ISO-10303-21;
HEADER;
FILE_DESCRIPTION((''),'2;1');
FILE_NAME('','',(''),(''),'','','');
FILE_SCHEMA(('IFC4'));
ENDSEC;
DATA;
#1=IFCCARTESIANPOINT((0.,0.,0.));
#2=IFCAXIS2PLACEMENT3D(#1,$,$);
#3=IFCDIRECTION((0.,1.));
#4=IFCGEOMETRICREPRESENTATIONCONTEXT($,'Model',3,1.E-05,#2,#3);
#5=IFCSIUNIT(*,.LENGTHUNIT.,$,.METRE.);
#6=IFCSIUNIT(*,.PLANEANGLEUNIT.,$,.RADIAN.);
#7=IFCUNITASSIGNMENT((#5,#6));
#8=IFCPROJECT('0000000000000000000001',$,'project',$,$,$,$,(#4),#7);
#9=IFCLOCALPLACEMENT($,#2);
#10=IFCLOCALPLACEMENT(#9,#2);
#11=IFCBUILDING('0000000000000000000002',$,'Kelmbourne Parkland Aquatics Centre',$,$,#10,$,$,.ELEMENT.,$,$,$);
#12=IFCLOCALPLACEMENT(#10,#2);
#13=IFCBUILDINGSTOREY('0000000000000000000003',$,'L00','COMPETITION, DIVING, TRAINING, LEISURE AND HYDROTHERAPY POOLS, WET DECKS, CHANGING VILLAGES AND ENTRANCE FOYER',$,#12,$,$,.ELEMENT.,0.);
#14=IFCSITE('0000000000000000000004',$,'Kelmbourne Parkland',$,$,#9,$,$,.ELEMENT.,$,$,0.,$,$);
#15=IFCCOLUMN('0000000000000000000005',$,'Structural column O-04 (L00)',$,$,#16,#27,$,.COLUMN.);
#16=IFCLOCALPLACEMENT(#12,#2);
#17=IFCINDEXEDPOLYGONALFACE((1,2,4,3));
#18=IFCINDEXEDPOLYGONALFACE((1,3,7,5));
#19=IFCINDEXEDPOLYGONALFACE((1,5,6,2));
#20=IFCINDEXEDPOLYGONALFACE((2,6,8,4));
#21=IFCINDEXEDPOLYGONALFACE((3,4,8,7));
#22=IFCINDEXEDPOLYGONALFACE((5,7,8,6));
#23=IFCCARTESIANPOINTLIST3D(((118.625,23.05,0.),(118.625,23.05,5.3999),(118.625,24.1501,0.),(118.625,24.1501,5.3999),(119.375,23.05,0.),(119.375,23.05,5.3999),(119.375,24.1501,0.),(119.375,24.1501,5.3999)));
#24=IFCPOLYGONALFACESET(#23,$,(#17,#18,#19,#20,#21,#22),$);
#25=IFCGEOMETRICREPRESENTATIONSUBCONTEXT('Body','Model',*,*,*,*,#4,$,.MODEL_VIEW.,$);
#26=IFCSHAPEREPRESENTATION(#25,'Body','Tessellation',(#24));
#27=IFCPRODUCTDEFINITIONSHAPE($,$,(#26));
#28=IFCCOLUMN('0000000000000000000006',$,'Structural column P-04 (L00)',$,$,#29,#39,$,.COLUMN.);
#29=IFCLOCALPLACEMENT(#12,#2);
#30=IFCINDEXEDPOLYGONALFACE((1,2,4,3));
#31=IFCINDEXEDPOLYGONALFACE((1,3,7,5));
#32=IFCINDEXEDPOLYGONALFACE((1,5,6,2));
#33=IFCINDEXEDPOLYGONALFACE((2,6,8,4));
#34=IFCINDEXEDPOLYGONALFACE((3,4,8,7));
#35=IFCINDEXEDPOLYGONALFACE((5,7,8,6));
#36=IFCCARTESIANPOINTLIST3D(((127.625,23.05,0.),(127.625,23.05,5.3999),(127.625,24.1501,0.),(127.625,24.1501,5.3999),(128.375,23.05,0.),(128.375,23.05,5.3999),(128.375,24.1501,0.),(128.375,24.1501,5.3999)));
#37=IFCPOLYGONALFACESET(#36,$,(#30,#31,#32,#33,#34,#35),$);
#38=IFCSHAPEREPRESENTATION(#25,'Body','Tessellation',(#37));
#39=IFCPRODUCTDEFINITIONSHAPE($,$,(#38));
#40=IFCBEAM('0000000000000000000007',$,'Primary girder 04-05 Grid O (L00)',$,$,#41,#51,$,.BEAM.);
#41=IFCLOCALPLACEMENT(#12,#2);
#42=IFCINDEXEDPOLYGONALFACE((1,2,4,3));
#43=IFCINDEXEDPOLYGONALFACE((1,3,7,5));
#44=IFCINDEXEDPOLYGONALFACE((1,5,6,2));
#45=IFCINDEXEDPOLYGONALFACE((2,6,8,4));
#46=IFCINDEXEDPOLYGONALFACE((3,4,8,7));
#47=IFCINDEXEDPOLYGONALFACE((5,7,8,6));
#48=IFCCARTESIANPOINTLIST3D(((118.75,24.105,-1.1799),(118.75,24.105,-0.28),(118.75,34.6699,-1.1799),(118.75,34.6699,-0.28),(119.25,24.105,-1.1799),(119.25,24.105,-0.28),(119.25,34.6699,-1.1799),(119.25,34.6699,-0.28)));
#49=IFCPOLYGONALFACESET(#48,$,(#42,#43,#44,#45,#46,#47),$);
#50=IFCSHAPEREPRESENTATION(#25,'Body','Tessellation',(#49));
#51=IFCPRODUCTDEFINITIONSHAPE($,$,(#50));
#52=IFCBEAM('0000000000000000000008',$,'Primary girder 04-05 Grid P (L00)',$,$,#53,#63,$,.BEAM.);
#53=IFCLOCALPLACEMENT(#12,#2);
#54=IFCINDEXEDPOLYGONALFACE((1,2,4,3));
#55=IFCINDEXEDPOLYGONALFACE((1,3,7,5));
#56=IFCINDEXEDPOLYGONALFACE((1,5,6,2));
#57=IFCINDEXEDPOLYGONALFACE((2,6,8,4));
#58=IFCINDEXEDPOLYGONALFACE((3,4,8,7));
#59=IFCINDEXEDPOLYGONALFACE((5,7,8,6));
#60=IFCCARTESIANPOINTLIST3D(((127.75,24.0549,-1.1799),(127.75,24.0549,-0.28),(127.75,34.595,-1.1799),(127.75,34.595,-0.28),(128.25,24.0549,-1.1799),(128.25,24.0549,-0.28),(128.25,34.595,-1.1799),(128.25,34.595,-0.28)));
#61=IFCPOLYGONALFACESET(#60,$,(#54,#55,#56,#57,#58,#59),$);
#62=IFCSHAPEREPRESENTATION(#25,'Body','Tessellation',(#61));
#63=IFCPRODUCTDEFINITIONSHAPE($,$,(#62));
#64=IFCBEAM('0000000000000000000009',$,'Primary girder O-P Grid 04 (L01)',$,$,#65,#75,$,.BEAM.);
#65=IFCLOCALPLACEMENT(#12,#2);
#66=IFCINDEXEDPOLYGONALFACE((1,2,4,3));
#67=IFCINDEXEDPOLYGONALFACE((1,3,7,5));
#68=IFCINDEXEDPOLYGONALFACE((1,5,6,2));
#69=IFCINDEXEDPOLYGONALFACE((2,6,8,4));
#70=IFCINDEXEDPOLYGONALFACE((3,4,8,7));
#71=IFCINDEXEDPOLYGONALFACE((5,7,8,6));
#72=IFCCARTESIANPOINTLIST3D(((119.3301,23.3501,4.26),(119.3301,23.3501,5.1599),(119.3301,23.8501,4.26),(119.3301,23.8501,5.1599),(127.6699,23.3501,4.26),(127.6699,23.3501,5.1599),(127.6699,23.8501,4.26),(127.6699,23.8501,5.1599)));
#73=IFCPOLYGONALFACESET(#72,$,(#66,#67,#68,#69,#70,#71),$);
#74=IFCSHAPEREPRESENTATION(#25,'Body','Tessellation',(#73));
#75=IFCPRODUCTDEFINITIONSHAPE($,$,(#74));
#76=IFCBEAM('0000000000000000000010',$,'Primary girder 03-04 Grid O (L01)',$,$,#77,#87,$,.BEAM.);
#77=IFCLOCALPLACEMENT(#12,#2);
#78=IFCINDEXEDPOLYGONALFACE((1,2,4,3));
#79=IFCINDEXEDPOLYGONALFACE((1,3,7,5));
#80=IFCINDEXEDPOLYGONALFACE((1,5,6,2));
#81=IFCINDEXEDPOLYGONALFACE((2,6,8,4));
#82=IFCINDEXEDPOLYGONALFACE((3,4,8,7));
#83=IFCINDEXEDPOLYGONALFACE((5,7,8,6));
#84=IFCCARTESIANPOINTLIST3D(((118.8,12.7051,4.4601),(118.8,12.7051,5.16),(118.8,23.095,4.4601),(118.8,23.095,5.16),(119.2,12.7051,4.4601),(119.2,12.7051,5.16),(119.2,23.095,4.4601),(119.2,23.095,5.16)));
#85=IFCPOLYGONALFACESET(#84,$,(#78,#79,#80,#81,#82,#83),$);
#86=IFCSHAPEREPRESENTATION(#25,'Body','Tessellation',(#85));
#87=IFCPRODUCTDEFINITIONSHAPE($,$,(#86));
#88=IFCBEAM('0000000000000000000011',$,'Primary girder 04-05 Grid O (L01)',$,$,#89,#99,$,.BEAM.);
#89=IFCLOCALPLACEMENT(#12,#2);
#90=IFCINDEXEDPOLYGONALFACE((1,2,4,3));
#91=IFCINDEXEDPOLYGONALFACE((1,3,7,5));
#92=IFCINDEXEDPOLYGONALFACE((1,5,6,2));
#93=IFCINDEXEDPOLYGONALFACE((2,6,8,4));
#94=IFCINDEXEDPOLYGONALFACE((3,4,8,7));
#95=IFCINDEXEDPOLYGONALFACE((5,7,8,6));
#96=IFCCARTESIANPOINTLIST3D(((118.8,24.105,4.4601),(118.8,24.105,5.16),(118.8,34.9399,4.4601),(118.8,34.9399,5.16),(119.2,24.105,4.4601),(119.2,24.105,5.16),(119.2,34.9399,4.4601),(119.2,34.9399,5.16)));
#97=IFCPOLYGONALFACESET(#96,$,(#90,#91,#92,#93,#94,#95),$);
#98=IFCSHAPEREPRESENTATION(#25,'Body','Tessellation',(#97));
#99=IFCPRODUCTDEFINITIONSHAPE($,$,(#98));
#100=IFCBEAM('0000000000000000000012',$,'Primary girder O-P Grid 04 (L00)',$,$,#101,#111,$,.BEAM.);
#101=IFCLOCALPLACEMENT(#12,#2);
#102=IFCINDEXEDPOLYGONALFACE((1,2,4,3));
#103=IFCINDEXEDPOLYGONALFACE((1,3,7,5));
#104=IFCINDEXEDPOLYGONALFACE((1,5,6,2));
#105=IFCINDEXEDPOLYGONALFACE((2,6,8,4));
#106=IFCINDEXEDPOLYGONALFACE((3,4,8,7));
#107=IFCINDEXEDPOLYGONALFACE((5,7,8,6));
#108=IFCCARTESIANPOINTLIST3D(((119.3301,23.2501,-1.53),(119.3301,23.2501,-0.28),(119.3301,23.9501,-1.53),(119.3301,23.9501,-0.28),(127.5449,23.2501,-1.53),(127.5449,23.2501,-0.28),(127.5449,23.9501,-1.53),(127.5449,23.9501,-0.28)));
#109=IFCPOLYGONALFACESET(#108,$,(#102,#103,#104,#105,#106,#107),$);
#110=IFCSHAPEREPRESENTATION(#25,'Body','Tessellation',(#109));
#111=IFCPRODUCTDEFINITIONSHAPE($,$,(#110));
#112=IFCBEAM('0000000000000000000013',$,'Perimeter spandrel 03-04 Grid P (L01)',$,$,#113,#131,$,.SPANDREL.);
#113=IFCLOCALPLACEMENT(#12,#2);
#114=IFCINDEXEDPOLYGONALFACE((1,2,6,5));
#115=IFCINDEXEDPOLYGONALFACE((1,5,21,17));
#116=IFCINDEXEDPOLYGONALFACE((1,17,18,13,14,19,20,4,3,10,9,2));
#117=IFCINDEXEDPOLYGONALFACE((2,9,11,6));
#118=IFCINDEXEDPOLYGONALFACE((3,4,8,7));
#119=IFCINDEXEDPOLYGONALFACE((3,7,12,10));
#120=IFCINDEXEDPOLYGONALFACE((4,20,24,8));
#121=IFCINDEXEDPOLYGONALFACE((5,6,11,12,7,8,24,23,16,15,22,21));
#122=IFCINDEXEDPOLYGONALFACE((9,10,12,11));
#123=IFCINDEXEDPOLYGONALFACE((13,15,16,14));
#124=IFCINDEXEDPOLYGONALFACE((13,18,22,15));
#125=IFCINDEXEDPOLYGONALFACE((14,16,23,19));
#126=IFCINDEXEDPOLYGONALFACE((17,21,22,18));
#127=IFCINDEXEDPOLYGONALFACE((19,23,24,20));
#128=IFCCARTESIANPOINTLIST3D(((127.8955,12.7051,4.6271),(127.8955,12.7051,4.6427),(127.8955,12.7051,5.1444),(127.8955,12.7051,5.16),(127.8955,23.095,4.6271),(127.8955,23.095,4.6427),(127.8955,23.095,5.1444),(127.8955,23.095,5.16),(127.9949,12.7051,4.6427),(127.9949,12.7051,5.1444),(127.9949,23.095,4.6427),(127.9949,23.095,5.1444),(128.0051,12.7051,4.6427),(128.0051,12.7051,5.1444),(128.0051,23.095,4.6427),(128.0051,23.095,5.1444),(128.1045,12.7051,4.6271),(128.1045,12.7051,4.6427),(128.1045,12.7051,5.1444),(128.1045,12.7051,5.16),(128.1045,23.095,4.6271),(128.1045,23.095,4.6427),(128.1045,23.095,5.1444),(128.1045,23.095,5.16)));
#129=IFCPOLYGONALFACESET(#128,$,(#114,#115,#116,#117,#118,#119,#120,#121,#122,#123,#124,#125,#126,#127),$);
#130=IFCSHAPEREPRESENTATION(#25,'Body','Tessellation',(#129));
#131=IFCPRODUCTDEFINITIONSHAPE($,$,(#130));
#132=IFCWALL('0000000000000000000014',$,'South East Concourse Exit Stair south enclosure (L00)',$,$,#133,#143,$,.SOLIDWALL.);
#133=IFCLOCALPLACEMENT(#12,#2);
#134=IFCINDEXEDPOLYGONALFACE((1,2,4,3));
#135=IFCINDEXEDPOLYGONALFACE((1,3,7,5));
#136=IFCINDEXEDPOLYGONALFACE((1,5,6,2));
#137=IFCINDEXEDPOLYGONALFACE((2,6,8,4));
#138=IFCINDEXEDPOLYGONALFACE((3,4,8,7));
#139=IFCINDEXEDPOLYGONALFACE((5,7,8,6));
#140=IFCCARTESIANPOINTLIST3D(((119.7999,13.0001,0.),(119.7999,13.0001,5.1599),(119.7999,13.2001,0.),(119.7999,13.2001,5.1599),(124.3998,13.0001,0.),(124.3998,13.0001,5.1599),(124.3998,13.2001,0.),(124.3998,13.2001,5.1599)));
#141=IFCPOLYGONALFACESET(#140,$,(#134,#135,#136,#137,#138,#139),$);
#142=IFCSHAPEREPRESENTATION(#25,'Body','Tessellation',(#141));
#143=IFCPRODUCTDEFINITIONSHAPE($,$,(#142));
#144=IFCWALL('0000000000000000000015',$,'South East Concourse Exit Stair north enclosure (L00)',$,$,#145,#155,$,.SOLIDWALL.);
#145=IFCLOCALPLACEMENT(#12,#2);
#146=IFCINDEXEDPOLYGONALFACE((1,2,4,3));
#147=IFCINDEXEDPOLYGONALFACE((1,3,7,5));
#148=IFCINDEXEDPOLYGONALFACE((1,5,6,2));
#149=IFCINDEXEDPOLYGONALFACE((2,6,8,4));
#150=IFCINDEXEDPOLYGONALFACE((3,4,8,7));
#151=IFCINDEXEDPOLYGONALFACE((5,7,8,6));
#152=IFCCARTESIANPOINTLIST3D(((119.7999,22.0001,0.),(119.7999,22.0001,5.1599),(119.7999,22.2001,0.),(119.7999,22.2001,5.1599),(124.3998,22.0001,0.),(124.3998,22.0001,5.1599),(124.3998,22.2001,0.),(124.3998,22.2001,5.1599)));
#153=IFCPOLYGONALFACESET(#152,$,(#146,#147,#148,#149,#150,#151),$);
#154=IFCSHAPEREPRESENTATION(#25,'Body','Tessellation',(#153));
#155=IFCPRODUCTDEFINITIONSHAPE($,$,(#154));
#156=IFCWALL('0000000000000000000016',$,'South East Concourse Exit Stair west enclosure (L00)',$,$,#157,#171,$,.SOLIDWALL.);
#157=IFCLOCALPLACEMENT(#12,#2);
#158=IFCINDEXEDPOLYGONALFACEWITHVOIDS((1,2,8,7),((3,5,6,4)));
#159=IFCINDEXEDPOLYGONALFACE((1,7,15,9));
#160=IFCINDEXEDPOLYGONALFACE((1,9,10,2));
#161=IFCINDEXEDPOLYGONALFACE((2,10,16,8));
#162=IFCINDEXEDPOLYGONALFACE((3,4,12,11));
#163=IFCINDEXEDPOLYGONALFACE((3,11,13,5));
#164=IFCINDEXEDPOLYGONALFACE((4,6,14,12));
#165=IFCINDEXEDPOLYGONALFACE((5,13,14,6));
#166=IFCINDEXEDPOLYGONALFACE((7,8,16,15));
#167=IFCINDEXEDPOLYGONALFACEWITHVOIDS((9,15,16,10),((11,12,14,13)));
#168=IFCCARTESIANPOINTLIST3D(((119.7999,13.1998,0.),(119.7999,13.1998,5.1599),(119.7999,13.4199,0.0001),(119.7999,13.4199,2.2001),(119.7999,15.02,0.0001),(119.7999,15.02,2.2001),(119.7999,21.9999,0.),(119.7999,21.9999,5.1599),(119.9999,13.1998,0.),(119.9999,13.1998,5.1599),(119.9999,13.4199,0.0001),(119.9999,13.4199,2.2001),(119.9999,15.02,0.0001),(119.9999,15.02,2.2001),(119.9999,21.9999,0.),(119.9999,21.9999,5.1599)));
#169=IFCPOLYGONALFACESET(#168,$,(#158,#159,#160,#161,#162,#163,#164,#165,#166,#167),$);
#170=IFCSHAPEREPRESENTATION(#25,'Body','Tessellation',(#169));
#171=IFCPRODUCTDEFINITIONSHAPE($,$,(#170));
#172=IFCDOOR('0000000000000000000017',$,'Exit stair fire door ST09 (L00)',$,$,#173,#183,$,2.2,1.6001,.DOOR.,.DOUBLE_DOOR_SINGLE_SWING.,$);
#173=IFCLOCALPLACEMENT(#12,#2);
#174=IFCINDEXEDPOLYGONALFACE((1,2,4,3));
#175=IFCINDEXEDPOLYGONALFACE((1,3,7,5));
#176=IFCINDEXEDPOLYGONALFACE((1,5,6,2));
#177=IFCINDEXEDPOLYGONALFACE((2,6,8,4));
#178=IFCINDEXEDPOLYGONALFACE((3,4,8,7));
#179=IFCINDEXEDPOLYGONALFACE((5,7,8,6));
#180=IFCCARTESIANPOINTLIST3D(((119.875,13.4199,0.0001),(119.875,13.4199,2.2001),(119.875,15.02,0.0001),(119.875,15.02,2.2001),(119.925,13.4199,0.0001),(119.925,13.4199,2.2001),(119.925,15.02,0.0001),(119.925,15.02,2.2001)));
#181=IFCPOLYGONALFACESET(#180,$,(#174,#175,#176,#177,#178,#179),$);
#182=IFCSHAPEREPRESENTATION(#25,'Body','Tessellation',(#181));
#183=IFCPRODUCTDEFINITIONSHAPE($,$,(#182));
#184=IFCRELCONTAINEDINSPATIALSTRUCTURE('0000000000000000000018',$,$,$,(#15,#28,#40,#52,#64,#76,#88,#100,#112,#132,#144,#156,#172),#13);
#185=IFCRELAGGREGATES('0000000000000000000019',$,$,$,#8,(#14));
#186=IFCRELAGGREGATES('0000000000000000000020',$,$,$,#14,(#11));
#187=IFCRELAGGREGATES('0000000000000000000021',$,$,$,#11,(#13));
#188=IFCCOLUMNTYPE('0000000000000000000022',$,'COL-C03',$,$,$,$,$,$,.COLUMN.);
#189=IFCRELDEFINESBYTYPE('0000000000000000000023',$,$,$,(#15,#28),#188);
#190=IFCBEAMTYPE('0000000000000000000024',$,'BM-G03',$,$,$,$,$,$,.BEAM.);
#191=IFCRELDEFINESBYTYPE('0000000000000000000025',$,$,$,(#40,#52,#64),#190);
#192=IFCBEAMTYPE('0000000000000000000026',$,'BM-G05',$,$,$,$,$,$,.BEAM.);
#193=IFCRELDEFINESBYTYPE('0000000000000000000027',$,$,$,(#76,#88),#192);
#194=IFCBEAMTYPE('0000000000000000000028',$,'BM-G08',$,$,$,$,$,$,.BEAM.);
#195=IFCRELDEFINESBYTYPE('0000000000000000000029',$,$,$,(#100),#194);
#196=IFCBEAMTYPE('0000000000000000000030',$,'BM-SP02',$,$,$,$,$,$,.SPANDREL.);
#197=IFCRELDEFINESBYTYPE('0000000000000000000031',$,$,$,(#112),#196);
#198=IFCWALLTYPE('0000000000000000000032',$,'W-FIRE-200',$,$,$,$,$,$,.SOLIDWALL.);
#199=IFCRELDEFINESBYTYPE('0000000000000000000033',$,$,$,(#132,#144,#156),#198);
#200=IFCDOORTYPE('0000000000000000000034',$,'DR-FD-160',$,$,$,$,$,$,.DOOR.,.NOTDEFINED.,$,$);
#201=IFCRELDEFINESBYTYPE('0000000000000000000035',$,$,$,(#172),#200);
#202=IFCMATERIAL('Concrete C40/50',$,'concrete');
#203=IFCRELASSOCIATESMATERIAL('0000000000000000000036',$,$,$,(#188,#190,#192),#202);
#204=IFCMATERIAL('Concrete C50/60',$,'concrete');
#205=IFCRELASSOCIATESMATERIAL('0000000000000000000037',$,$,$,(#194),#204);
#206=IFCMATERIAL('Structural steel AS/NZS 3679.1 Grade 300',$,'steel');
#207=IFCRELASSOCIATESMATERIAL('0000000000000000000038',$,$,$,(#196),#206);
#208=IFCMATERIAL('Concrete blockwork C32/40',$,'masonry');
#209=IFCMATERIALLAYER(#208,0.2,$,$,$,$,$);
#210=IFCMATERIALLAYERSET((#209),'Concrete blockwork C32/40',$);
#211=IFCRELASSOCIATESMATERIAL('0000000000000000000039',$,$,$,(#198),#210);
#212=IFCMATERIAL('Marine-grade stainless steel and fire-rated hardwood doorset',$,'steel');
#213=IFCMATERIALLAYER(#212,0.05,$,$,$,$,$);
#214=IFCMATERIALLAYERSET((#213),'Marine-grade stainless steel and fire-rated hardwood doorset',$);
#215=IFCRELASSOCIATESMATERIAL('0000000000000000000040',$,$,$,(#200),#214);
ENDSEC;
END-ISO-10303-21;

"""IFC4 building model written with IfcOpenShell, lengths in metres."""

from ifc_helpers import new_model, si_unit, direction, frame, frame_2d, origin, origin_2d, place, context, subcontext, project, spatial, rectangle, i_section, extrude, material, layer, layer_set, material_profile, profile_set, type_object, element, fill, save


model = new_model("IFC4")

# Units and contexts
model_context = context("Model", 3, precision=1e-05, world=origin(), true_north=direction((0.0, 1.0)))
body_context = subcontext(model_context, "Body", "Model", "MODEL_VIEW")
ifc_project = project(units=[si_unit("LENGTHUNIT", "METRE"), si_unit("PLANEANGLEUNIT", "RADIAN")], contexts=[model_context])

# Site, building, storey
site_placement = place(None, origin())
site = spatial("IfcSite", under=ifc_project, at=site_placement, Name="Kelmbourne Parkland", CompositionType="ELEMENT", RefElevation=0.0)
building_placement = place(site_placement, origin())
building = spatial("IfcBuilding", under=site, at=building_placement, Name="Kelmbourne Parkland Aquatics Centre", CompositionType="ELEMENT")
storey_placement = place(building_placement, origin())
storey = spatial("IfcBuildingStorey", under=building, at=storey_placement, Name="L00", Description="COMPETITION, DIVING, TRAINING, LEISURE AND HYDROTHERAPY POOLS, WET DECKS, CHANGING VILLAGES AND ENTRANCE FOYER", CompositionType="ELEMENT", Elevation=0.0)

# Columns
ifc_material_1 = material(Name="Concrete C40/50", Category="concrete")
ifc_material_profile_1 = material_profile(ifc_material_1, rectangle(XDim=0.75, YDim=1.1001, at=origin_2d()), Name="RC 750x1100")
ifc_profile_set_1 = profile_set([ifc_material_profile_1], Name="Concrete C40/50")
column_type = type_object("IfcColumnType", Name="COL-C03", PredefinedType="COLUMN", material=ifc_profile_set_1)
for number, where, z_axis, x_axis, name in (
    (1, (119.0, 23.6001, 0.0), (0.0, 0.0, 1.0), (1.0, 0.0, 0.0), "Structural column O-04 (L00)"),
    (2, (128.0, 23.6001, 0.0), (0.0, 0.0, 1.0), (1.0, 0.0, 0.0), "Structural column P-04 (L00)"),
):
    element("IfcColumn", number, at=place(storey_placement, frame(where, z_axis=z_axis, x_axis=x_axis)), inside=storey, type_object=column_type, Name=name, PredefinedType="COLUMN", context=body_context, shape_type="SweptSolid", body=[
        extrude(rectangle(XDim=0.75, YDim=1.1001, at=origin_2d()), origin(), (0.0, 0.0, 1.0), 5.3999),
    ])

# Beams
ifc_material_profile_2 = material_profile(ifc_material_1, rectangle(XDim=0.5, YDim=0.8999, at=origin_2d()), Name="RC 500x900")
ifc_profile_set_2 = profile_set([ifc_material_profile_2], Name="Concrete C40/50")
beam_type_1 = type_object("IfcBeamType", Name="BM-G03", PredefinedType="BEAM", material=ifc_profile_set_2)
beam_1_placement = place(storey_placement, frame((119.0, 24.105, -0.73), z_axis=(0.0, 1.0, 0.0), x_axis=(-1.0, 0.0, 0.0)))
element("IfcBeam", 3, at=beam_1_placement, inside=storey, type_object=beam_type_1, Name="Primary girder 04-05 Grid O (L00)", PredefinedType="BEAM", context=body_context, shape_type="SweptSolid", body=[
    extrude(rectangle(XDim=0.5, YDim=0.8999, at=origin_2d()), origin(), (0.0, 0.0, 1.0), 10.5649),
])
beam_2_placement = place(storey_placement, frame((128.0, 24.0549, -0.73), z_axis=(0.0, 1.0, 0.0), x_axis=(-1.0, 0.0, 0.0)))
element("IfcBeam", 4, at=beam_2_placement, inside=storey, type_object=beam_type_1, Name="Primary girder 04-05 Grid P (L00)", PredefinedType="BEAM", context=body_context, shape_type="SweptSolid", body=[
    extrude(rectangle(XDim=0.5, YDim=0.8999, at=origin_2d()), origin(), (0.0, 0.0, 1.0), 10.54),
])
beam_3_placement = place(storey_placement, frame((119.3301, 23.6001, 4.71), z_axis=(1.0, 0.0, 0.0), x_axis=(0.0, 1.0, 0.0)))
element("IfcBeam", 5, at=beam_3_placement, inside=storey, type_object=beam_type_1, Name="Primary girder O-P Grid 04 (L01)", PredefinedType="BEAM", context=body_context, shape_type="SweptSolid", body=[
    extrude(rectangle(XDim=0.5, YDim=0.8999, at=origin_2d()), origin(), (0.0, 0.0, 1.0), 8.3398),
])
ifc_material_profile_3 = material_profile(ifc_material_1, rectangle(XDim=0.3999, YDim=0.7, at=origin_2d()), Name="RC 400x700")
ifc_profile_set_3 = profile_set([ifc_material_profile_3], Name="Concrete C40/50")
beam_type_2 = type_object("IfcBeamType", Name="BM-G05", PredefinedType="BEAM", material=ifc_profile_set_3)
beam_4_placement = place(storey_placement, frame((119.0, 12.7051, 4.8101), z_axis=(0.0, 1.0, 0.0), x_axis=(-1.0, 0.0, 0.0)))
element("IfcBeam", 6, at=beam_4_placement, inside=storey, type_object=beam_type_2, Name="Primary girder 03-04 Grid O (L01)", PredefinedType="BEAM", context=body_context, shape_type="SweptSolid", body=[
    extrude(rectangle(XDim=0.3999, YDim=0.7, at=origin_2d()), origin(), (0.0, 0.0, 1.0), 10.3899),
])
beam_5_placement = place(storey_placement, frame((119.0, 24.105, 4.8101), z_axis=(0.0, 1.0, 0.0), x_axis=(-1.0, 0.0, 0.0)))
element("IfcBeam", 7, at=beam_5_placement, inside=storey, type_object=beam_type_2, Name="Primary girder 04-05 Grid O (L01)", PredefinedType="BEAM", context=body_context, shape_type="SweptSolid", body=[
    extrude(rectangle(XDim=0.3999, YDim=0.7, at=origin_2d()), origin(), (0.0, 0.0, 1.0), 10.835),
])
ifc_material_2 = material(Name="Concrete C50/60", Category="concrete")
ifc_material_profile_4 = material_profile(ifc_material_2, rectangle(XDim=0.7, YDim=1.25, at=origin_2d()), Name="RC 700x1250")
ifc_profile_set_4 = profile_set([ifc_material_profile_4], Name="Concrete C50/60")
beam_type_3 = type_object("IfcBeamType", Name="BM-G08", PredefinedType="BEAM", material=ifc_profile_set_4)
beam_6_placement = place(storey_placement, frame((119.3301, 23.6001, -0.905), z_axis=(1.0, 0.0, 0.0), x_axis=(0.0, 1.0, 0.0)))
element("IfcBeam", 8, at=beam_6_placement, inside=storey, type_object=beam_type_3, Name="Primary girder O-P Grid 04 (L00)", PredefinedType="BEAM", context=body_context, shape_type="SweptSolid", body=[
    extrude(rectangle(XDim=0.7, YDim=1.25, at=origin_2d()), origin(), (0.0, 0.0, 1.0), 8.2148),
])
ifc_material_3 = material(Name="Structural steel AS/NZS 3679.1 Grade 300", Category="steel")
ifc_material_profile_5 = material_profile(ifc_material_3, i_section(OverallWidth=0.209, OverallDepth=0.533, WebThickness=0.0103, FlangeThickness=0.0156, at=origin_2d()), Name="530UB92.4")
ifc_profile_set_5 = profile_set([ifc_material_profile_5], Name="Structural steel AS/NZS 3679.1 Grade 300")
beam_type_4 = type_object("IfcBeamType", Name="BM-SP02", PredefinedType="SPANDREL", material=ifc_profile_set_5)
beam_7_placement = place(storey_placement, frame((128.0, 12.7051, 4.8936), z_axis=(0.0, 1.0, 0.0), x_axis=(-1.0, 0.0, 0.0)))
element("IfcBeam", 9, at=beam_7_placement, inside=storey, type_object=beam_type_4, Name="Perimeter spandrel 03-04 Grid P (L01)", PredefinedType="SPANDREL", context=body_context, shape_type="SweptSolid", body=[
    extrude(i_section(OverallWidth=0.209, OverallDepth=0.533, WebThickness=0.0103, FlangeThickness=0.0156, at=origin_2d()), origin(), (0.0, 0.0, 1.0), 10.3899),
])

# Walls
ifc_material_4 = material(Name="Concrete blockwork C32/40", Category="masonry")
ifc_layer_1 = layer(ifc_material_4, 0.2)
ifc_layer_set_1 = layer_set([ifc_layer_1], Name="Concrete blockwork C32/40")
wall_type = type_object("IfcWallType", Name="W-FIRE-200", PredefinedType="SOLIDWALL", material=ifc_layer_set_1)
for number, where, z_axis, x_axis, name in (
    (10, (119.8, 13.1001, 0.0), (0.0, 0.0, 1.0), (1.0, 0.0, 0.0), "South East Concourse Exit Stair south enclosure (L00)"),
    (11, (119.8, 22.1001, 0.0), (0.0, 0.0, 1.0), (1.0, 0.0, 0.0), "South East Concourse Exit Stair north enclosure (L00)"),
):
    element("IfcWall", number, at=place(storey_placement, frame(where, z_axis=z_axis, x_axis=x_axis)), inside=storey, type_object=wall_type, Name=name, PredefinedType="SOLIDWALL", context=body_context, shape_type="SweptSolid", body=[
        extrude(rectangle(XDim=4.5999, YDim=0.2, at=frame_2d((2.2998, 0.0))), origin(), (0.0, 0.0, 1.0), 5.1599),
    ])

# Wall, opening, door
wall_1_placement = place(storey_placement, frame((119.8999, 13.2, 0.0), z_axis=(0.0, 0.0, 1.0), x_axis=(0.0, 1.0, 0.0)))
wall_1 = element("IfcWall", 12, at=wall_1_placement, inside=storey, type_object=wall_type, Name="South East Concourse Exit Stair west enclosure (L00)", PredefinedType="SOLIDWALL", context=body_context, shape_type="SweptSolid", body=[
    extrude(rectangle(XDim=8.8, YDim=0.2, at=frame_2d((4.3999, 0.0))), origin(), (0.0, 0.0, 1.0), 5.1599),
])
opening_placement = place(wall_1_placement, frame((0.22, 0.0, 0.0)))
opening = element("IfcOpeningElement", 13, at=opening_placement, cuts=wall_1, PredefinedType="OPENING", context=body_context, shape_type="SweptSolid", body=[
    extrude(rectangle(XDim=1.6001, YDim=2.2, at=frame_2d((0.8, 1.1001))), frame((0.0, 0.1118, 0.0), z_axis=(0.0, -1.0, 0.0), x_axis=(1.0, 0.0, 0.0)), (0.0, 0.0, 1.0), 0.2239),
])
ifc_material_5 = material(Name="Marine-grade stainless steel and fire-rated hardwood doorset", Category="steel")
ifc_layer_2 = layer(ifc_material_5, 0.05)
ifc_layer_set_2 = layer_set([ifc_layer_2], Name="Marine-grade stainless steel and fire-rated hardwood doorset")
door_type = type_object("IfcDoorType", Name="DR-FD-160", OperationType="NOTDEFINED", PredefinedType="DOOR", material=ifc_layer_set_2)
door_placement = place(opening_placement, origin())
door = element("IfcDoor", 14, at=door_placement, inside=storey, type_object=door_type, Name="Exit stair fire door ST09 (L00)", OperationType="DOUBLE_DOOR_SINGLE_SWING", OverallHeight=2.2, OverallWidth=1.6001, PredefinedType="DOOR", context=body_context, shape_type="SweptSolid", body=[
    extrude(rectangle(XDim=1.6001, YDim=2.2, at=frame_2d((0.8, 1.1001))), frame((0.0, 0.0249, 0.0), z_axis=(0.0, -1.0, 0.0), x_axis=(1.0, 0.0, 0.0)), (0.0, 0.0, 1.0), 0.05),
])
fill(opening, door)

save(model, "model.ifc")
